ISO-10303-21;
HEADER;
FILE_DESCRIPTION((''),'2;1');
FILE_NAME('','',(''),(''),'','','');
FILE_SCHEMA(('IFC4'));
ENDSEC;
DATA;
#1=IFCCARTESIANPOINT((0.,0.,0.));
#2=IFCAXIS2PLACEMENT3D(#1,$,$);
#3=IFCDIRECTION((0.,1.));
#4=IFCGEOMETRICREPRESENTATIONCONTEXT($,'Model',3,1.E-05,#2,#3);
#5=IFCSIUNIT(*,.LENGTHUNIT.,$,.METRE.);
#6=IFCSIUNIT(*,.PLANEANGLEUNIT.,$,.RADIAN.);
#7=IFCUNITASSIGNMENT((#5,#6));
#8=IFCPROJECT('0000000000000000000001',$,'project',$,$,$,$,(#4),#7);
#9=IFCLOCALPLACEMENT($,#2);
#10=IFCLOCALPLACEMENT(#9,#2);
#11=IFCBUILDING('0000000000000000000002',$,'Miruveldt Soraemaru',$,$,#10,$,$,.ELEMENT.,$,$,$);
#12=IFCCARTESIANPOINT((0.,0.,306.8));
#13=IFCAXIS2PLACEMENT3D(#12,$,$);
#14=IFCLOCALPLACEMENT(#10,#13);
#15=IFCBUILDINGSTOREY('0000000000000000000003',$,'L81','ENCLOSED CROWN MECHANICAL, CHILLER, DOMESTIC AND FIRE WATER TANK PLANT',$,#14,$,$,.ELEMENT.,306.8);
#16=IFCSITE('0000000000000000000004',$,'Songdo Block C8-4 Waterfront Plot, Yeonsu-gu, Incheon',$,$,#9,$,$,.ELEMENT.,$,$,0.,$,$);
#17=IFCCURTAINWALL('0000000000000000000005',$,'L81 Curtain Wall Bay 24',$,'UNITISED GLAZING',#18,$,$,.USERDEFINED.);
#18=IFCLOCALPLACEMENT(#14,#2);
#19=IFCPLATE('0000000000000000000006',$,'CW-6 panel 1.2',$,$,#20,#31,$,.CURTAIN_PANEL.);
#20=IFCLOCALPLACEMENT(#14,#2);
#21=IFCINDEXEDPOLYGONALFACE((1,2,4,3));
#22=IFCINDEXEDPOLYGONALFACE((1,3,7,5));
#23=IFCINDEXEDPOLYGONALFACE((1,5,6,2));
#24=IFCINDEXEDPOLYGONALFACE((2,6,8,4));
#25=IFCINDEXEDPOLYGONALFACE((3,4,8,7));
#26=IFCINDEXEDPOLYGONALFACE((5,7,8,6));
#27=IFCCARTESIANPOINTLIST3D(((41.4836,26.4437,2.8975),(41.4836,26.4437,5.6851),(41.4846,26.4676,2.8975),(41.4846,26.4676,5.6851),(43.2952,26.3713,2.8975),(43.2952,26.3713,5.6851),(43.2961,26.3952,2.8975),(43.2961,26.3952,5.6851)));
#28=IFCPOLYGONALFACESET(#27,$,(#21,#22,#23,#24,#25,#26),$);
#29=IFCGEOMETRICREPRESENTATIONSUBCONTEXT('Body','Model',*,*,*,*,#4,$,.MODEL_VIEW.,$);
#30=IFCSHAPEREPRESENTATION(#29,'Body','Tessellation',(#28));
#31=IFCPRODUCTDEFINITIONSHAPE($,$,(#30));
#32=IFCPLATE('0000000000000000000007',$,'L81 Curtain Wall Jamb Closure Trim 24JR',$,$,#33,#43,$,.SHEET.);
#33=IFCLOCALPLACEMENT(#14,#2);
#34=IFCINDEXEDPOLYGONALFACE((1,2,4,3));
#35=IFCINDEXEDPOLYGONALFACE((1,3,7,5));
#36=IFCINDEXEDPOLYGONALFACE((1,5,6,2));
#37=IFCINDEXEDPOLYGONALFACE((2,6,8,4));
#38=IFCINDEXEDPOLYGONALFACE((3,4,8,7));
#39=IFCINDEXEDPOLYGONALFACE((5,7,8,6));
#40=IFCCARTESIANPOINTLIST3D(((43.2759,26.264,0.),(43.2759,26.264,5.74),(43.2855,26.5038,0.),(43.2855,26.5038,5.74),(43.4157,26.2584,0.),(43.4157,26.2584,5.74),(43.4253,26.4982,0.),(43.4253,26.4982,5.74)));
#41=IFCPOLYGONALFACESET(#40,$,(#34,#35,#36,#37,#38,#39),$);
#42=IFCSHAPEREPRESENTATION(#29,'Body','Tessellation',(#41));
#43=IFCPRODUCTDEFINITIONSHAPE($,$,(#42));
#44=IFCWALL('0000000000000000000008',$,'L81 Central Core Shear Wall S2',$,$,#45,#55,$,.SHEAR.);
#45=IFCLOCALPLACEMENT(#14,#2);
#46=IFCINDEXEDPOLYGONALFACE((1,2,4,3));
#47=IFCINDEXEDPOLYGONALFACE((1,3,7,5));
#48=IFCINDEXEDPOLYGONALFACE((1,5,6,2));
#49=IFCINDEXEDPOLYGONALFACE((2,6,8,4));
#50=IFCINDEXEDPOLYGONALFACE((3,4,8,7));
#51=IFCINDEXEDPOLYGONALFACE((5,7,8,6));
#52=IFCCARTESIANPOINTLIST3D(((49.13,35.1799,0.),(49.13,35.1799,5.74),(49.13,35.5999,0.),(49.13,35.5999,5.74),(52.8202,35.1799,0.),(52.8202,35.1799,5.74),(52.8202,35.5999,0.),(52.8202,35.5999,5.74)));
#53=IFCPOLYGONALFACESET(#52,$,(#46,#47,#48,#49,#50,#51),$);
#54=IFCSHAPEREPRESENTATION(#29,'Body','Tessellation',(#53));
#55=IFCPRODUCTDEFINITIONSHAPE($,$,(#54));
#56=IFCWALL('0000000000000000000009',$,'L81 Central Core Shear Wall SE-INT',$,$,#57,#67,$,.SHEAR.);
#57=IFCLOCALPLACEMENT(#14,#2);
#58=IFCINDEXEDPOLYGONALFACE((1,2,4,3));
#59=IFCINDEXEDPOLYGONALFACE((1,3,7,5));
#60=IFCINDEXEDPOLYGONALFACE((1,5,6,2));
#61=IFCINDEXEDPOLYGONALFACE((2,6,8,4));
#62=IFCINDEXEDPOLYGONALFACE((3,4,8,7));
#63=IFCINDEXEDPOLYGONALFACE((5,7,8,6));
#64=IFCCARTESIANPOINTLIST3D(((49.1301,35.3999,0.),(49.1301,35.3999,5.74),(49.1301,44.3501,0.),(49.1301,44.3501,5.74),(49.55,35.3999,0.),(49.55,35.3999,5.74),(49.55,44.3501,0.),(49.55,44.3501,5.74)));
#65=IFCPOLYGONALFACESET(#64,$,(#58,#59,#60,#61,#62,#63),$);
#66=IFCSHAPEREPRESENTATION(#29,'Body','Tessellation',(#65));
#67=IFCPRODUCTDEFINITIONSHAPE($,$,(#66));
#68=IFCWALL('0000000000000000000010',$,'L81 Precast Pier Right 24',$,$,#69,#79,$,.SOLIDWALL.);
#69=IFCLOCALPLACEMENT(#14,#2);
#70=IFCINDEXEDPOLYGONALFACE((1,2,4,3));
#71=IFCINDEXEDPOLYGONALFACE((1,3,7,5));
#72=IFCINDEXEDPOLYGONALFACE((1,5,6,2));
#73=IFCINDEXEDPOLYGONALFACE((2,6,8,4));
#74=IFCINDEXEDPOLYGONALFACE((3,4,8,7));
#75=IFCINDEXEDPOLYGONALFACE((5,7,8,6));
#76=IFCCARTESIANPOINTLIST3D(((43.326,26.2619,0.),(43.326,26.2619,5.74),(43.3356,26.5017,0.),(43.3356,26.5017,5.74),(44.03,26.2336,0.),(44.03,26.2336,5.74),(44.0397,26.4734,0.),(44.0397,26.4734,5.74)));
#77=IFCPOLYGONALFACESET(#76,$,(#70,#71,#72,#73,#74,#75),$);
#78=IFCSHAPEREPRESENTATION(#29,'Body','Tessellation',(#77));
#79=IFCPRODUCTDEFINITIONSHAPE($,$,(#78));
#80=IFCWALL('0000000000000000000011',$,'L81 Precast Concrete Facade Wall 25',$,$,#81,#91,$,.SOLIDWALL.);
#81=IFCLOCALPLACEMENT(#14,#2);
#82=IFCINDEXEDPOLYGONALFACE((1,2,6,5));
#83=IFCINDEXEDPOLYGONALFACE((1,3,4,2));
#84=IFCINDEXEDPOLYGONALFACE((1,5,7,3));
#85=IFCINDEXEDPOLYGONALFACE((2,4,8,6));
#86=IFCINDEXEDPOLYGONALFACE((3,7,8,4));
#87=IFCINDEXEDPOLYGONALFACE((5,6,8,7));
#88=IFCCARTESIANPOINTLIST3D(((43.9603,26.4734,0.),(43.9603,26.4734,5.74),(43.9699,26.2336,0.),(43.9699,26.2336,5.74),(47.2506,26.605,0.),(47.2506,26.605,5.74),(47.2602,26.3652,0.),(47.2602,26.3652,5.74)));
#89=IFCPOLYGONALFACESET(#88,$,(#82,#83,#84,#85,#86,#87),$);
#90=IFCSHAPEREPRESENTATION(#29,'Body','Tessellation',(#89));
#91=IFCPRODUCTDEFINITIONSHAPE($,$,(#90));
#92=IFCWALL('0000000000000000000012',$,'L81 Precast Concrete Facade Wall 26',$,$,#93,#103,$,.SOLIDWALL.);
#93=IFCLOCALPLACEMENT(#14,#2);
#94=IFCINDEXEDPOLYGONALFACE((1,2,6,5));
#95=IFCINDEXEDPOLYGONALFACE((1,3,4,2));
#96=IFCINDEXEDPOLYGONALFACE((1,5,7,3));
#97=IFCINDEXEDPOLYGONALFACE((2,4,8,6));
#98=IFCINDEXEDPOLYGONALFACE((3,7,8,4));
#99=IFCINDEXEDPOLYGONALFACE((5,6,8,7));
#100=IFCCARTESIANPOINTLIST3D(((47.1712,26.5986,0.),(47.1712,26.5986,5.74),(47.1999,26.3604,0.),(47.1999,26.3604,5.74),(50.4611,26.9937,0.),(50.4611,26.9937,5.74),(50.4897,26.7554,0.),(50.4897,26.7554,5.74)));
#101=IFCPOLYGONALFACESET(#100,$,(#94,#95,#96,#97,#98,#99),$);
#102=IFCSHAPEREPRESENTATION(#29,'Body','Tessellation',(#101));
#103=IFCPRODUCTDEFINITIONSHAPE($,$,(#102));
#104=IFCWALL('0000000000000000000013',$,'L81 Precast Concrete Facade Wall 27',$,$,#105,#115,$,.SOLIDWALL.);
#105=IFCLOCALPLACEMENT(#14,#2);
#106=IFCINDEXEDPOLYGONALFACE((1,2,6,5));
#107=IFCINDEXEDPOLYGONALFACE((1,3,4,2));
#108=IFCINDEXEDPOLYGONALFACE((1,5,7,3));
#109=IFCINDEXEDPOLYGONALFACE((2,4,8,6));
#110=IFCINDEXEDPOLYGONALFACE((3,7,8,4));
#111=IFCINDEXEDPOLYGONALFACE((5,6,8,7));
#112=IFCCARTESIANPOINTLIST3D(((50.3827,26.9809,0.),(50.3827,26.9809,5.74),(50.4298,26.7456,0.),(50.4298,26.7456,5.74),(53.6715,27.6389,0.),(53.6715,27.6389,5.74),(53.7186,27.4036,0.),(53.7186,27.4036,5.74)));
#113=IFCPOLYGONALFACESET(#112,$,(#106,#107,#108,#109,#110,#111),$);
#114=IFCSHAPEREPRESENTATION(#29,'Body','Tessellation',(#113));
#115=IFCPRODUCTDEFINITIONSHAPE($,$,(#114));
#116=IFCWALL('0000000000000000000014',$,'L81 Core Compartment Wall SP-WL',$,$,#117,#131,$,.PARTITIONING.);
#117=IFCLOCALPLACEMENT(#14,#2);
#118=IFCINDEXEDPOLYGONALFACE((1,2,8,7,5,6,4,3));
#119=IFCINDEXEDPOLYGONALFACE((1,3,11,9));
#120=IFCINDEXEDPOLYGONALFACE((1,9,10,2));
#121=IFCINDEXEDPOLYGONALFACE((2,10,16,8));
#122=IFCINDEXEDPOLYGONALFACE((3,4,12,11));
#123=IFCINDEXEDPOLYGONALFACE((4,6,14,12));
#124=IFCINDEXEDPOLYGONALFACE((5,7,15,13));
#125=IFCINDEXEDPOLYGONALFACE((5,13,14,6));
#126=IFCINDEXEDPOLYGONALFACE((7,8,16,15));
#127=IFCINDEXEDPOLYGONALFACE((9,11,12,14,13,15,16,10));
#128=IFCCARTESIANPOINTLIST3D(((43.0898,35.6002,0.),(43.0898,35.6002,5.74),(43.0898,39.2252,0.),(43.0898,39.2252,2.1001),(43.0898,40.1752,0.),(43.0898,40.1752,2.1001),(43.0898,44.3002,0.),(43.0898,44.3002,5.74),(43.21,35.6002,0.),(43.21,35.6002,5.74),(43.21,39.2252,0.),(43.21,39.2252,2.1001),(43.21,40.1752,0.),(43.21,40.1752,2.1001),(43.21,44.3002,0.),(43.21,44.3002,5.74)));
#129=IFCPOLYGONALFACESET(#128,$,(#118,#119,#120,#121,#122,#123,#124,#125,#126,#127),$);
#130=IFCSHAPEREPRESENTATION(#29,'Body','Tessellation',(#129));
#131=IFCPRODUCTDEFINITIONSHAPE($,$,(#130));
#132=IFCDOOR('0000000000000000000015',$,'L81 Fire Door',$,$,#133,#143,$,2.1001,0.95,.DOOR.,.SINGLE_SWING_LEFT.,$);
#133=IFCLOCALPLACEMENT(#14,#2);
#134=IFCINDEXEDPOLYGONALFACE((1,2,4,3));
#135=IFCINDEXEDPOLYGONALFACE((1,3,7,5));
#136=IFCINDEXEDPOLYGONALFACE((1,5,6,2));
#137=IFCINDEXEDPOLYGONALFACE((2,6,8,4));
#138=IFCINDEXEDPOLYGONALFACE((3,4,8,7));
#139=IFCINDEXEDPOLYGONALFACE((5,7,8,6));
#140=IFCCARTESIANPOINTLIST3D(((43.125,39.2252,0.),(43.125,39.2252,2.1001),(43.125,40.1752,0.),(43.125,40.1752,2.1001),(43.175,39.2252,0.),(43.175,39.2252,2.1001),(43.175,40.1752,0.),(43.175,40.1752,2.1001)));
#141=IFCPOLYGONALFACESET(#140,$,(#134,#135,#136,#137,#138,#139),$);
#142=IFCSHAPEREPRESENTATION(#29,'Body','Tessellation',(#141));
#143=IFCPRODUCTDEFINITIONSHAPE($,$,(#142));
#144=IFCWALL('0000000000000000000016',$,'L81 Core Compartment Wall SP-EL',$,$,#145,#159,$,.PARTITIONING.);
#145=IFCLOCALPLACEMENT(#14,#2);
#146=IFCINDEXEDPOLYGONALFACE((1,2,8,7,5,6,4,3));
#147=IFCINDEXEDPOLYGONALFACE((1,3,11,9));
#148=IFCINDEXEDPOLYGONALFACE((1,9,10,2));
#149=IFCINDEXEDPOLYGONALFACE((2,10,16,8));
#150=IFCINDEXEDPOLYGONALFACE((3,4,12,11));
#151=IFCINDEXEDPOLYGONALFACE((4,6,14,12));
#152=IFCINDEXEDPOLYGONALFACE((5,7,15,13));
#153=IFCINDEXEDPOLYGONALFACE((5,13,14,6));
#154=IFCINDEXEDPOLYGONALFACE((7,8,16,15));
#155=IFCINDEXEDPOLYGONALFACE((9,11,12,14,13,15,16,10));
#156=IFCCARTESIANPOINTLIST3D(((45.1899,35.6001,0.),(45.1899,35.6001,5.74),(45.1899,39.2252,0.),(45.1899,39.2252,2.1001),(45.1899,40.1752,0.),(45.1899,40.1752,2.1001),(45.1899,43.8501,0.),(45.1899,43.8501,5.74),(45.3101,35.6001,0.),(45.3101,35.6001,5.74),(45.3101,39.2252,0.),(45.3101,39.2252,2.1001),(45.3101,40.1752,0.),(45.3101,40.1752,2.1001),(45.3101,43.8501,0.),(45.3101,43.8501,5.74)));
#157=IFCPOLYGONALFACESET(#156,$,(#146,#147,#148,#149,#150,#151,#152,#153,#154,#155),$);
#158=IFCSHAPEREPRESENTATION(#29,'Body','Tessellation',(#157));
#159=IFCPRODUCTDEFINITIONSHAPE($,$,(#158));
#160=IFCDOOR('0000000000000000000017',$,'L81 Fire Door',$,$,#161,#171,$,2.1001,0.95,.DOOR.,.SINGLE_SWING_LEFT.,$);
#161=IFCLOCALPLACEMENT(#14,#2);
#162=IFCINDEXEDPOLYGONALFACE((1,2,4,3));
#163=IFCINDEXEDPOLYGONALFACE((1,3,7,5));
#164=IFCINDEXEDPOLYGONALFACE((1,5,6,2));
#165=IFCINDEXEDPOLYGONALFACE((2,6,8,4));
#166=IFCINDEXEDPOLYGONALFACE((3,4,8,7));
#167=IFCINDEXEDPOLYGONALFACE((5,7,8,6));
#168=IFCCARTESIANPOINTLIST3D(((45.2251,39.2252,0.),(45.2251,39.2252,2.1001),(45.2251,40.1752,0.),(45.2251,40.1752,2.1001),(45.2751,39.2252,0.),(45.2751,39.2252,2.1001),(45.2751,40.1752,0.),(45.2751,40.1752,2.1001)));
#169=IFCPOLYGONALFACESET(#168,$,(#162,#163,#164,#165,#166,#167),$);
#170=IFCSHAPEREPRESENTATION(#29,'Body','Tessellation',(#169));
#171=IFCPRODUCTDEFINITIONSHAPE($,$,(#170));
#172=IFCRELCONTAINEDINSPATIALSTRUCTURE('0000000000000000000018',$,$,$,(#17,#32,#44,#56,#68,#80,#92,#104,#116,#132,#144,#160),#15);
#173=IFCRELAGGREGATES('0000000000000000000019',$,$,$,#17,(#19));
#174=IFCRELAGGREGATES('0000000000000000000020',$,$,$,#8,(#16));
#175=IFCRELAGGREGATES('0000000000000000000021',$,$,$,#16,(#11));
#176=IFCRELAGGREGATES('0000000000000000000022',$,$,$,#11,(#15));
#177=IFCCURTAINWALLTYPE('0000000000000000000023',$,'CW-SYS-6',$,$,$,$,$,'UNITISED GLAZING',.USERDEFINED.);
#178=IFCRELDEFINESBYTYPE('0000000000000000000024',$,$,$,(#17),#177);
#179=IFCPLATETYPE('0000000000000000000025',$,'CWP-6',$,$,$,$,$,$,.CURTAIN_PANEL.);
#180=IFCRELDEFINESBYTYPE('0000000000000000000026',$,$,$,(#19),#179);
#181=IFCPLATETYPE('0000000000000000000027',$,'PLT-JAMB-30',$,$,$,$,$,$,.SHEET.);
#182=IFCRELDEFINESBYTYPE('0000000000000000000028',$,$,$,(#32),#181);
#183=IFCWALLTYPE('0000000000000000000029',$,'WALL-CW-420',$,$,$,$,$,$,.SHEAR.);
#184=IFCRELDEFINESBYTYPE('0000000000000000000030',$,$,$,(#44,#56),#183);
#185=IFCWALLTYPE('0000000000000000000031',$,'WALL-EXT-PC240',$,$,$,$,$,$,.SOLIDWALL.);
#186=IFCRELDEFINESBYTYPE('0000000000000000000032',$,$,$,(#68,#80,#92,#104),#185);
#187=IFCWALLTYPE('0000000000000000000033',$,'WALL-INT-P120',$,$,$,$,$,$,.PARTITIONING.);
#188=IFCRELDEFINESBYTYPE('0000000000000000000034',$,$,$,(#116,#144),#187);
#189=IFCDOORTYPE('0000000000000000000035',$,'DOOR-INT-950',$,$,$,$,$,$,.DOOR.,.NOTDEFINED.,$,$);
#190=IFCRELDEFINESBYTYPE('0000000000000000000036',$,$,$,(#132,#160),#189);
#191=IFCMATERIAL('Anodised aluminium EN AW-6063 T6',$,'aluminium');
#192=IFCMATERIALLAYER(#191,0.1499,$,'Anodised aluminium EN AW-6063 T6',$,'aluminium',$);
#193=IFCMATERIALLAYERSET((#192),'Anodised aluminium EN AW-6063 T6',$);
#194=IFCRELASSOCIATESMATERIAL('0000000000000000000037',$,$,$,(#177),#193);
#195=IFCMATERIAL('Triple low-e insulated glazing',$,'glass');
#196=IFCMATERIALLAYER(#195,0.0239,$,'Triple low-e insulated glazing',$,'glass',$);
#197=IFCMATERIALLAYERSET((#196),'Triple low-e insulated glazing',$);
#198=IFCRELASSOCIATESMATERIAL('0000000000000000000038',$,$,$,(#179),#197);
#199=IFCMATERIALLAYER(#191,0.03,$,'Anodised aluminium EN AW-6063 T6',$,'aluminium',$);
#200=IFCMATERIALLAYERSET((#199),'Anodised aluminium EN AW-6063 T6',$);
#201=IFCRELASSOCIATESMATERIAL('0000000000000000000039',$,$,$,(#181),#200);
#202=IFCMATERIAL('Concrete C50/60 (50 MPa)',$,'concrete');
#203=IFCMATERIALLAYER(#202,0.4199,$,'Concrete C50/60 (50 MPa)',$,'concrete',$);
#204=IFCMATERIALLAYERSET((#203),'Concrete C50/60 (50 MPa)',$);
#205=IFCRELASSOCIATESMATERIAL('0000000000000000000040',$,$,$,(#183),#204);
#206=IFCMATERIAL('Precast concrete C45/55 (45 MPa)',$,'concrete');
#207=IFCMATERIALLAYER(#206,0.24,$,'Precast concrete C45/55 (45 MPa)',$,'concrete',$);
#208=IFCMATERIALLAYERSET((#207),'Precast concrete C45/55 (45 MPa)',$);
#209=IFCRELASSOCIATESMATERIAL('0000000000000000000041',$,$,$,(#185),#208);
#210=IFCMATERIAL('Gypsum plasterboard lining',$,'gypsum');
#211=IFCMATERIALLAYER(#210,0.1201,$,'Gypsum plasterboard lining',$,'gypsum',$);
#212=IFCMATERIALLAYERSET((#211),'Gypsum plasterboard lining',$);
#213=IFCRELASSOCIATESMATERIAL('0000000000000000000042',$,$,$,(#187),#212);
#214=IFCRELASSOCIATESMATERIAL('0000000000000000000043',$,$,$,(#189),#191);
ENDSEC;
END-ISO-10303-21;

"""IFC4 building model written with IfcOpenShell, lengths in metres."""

from ifc_helpers import new_model, si_unit, direction, frame, frame_2d, origin, origin_2d, place, context, subcontext, project, spatial, rectangle, extrude, material, layer, layer_set, type_object, element, fill, aggregate, save


model = new_model("IFC4")

# Units and contexts
model_context = context("Model", 3, precision=1e-05, world=origin(), true_north=direction((0.0, 1.0)))
body_context = subcontext(model_context, "Body", "Model", "MODEL_VIEW")
ifc_project = project(units=[si_unit("LENGTHUNIT", "METRE"), si_unit("PLANEANGLEUNIT", "RADIAN")], contexts=[model_context])

# Site, building, storey
site_placement = place(None, origin())
site = spatial("IfcSite", under=ifc_project, at=site_placement, Name="Songdo Block C8-4 Waterfront Plot, Yeonsu-gu, Incheon", CompositionType="ELEMENT", RefElevation=0.0)
building_placement = place(site_placement, origin())
building = spatial("IfcBuilding", under=site, at=building_placement, Name="Miruveldt Soraemaru", CompositionType="ELEMENT")
storey_placement = place(building_placement, frame((0.0, 0.0, 306.8)))
storey = spatial("IfcBuildingStorey", under=building, at=storey_placement, Name="L81", Description="ENCLOSED CROWN MECHANICAL, CHILLER, DOMESTIC AND FIRE WATER TANK PLANT", CompositionType="ELEMENT", Elevation=306.8)

# Shared definitions
ifc_material_1 = material(Name="Concrete C50/60 (50 MPa)", Category="concrete")

# Curtain wall, plate
ifc_material_2 = material(Name="Anodised aluminium EN AW-6063 T6", Category="aluminium")
ifc_layer_1 = layer(ifc_material_2, 0.1499, Name="Anodised aluminium EN AW-6063 T6", Category="aluminium")
ifc_layer_set_1 = layer_set([ifc_layer_1], Name="Anodised aluminium EN AW-6063 T6")
curtain_wall_type = type_object("IfcCurtainWallType", Name="CW-SYS-6", ElementType="UNITISED GLAZING", PredefinedType="USERDEFINED", material=ifc_layer_set_1)
curtain_wall_placement = place(storey_placement, origin())
curtain_wall = element("IfcCurtainWall", 1, at=curtain_wall_placement, inside=storey, type_object=curtain_wall_type, Name="L81 Curtain Wall Bay 24", ObjectType="UNITISED GLAZING", PredefinedType="USERDEFINED")
ifc_material_3 = material(Name="Triple low-e insulated glazing", Category="glass")
ifc_layer_2 = layer(ifc_material_3, 0.0239, Name="Triple low-e insulated glazing", Category="glass")
ifc_layer_set_2 = layer_set([ifc_layer_2], Name="Triple low-e insulated glazing")
plate_type_1 = type_object("IfcPlateType", Name="CWP-6", PredefinedType="CURTAIN_PANEL", material=ifc_layer_set_2)
plate_1_placement = place(storey_placement, frame((42.3899, 26.4194, 2.8975), z_axis=(0.0, 0.0, 1.0), x_axis=(0.999202, -0.039939, 0.0)))
plate_1 = element("IfcPlate", 2, at=plate_1_placement, type_object=plate_type_1, Name="CW-6 panel 1.2", PredefinedType="CURTAIN_PANEL", context=body_context, shape_type="SweptSolid", body=[
    extrude(rectangle(XDim=1.813, YDim=0.0239, at=origin_2d()), origin(), (0.0, 0.0, 1.0), 2.7876),
])
aggregate(curtain_wall, [plate_1])

# Plate
ifc_layer_3 = layer(ifc_material_2, 0.03, Name="Anodised aluminium EN AW-6063 T6", Category="aluminium")
ifc_layer_set_3 = layer_set([ifc_layer_3], Name="Anodised aluminium EN AW-6063 T6")
plate_type_2 = type_object("IfcPlateType", Name="PLT-JAMB-30", PredefinedType="SHEET", material=ifc_layer_set_3)
plate_2_placement = place(storey_placement, frame((43.3506, 26.3811, 0.0), z_axis=(0.0, 0.0, 1.0), x_axis=(0.999201, -0.039957, 0.0)))
element("IfcPlate", 3, at=plate_2_placement, inside=storey, type_object=plate_type_2, Name="L81 Curtain Wall Jamb Closure Trim 24JR", PredefinedType="SHEET", context=body_context, shape_type="SweptSolid", body=[
    extrude(rectangle(XDim=0.1399, YDim=0.24, at=origin_2d()), origin(), (0.0, 0.0, 1.0), 5.74),
])

# Walls
ifc_layer_4 = layer(ifc_material_1, 0.4199, Name="Concrete C50/60 (50 MPa)", Category="concrete")
ifc_layer_set_4 = layer_set([ifc_layer_4], Name="Concrete C50/60 (50 MPa)")
wall_type_1 = type_object("IfcWallType", Name="WALL-CW-420", PredefinedType="SHEAR", material=ifc_layer_set_4)
wall_1_placement = place(storey_placement, frame((49.1299, 35.3899, 0.0), z_axis=(0.0, 0.0, 1.0), x_axis=(1.0, 0.0, 0.0)))
element("IfcWall", 4, at=wall_1_placement, inside=storey, type_object=wall_type_1, Name="L81 Central Core Shear Wall S2", PredefinedType="SHEAR", context=body_context, shape_type="SweptSolid", body=[
    extrude(rectangle(XDim=3.6902, YDim=0.4199, at=frame_2d((1.8452, 0.0))), origin(), (0.0, 0.0, 1.0), 5.74),
])
wall_2_placement = place(storey_placement, frame((49.3401, 35.3999, 0.0), z_axis=(0.0, 0.0, 1.0), x_axis=(0.0, 1.0, 0.0)))
element("IfcWall", 5, at=wall_2_placement, inside=storey, type_object=wall_type_1, Name="L81 Central Core Shear Wall SE-INT", PredefinedType="SHEAR", context=body_context, shape_type="SweptSolid", body=[
    extrude(rectangle(XDim=8.9502, YDim=0.4199, at=frame_2d((4.4751, 0.0))), origin(), (0.0, 0.0, 1.0), 5.74),
])
ifc_material_4 = material(Name="Precast concrete C45/55 (45 MPa)", Category="concrete")
ifc_layer_5 = layer(ifc_material_4, 0.24, Name="Precast concrete C45/55 (45 MPa)", Category="concrete")
ifc_layer_set_5 = layer_set([ifc_layer_5], Name="Precast concrete C45/55 (45 MPa)")
wall_type_2 = type_object("IfcWallType", Name="WALL-EXT-PC240", PredefinedType="SOLIDWALL", material=ifc_layer_set_5)
wall_3_placement = place(storey_placement, frame((43.3308, 26.3818, 0.0), z_axis=(0.0, 0.0, 1.0), x_axis=(0.999192, -0.040189, 0.0)))
element("IfcWall", 6, at=wall_3_placement, inside=storey, type_object=wall_type_2, Name="L81 Precast Pier Right 24", PredefinedType="SOLIDWALL", context=body_context, shape_type="SweptSolid", body=[
    extrude(rectangle(XDim=0.7046, YDim=0.24, at=frame_2d((0.3523, 0.0))), origin(), (0.0, 0.0, 1.0), 5.74),
])
wall_4_placement = place(storey_placement, frame((43.9651, 26.3535, 0.0), z_axis=(0.0, 0.0, 1.0), x_axis=(0.999201, 0.039962, 0.0)))
element("IfcWall", 7, at=wall_4_placement, inside=storey, type_object=wall_type_2, Name="L81 Precast Concrete Facade Wall 25", PredefinedType="SOLIDWALL", context=body_context, shape_type="SweptSolid", body=[
    extrude(rectangle(XDim=3.293, YDim=0.24, at=frame_2d((1.6465, 0.0))), origin(), (0.0, 0.0, 1.0), 5.74),
])
wall_5_placement = place(storey_placement, frame((47.1855, 26.4795, 0.0), z_axis=(0.0, 0.0, 1.0), x_axis=(0.992868, 0.119218, 0.0)))
element("IfcWall", 8, at=wall_5_placement, inside=storey, type_object=wall_type_2, Name="L81 Precast Concrete Facade Wall 26", PredefinedType="SOLIDWALL", context=body_context, shape_type="SweptSolid", body=[
    extrude(rectangle(XDim=3.3135, YDim=0.24, at=frame_2d((1.6567, 0.0))), origin(), (0.0, 0.0, 1.0), 5.74),
])
wall_6_placement = place(storey_placement, frame((50.4062, 26.8633, 0.0), z_axis=(0.0, 0.0, 1.0), x_axis=(0.980569, 0.196172, 0.0)))
element("IfcWall", 9, at=wall_6_placement, inside=storey, type_object=wall_type_2, Name="L81 Precast Concrete Facade Wall 27", PredefinedType="SOLIDWALL", context=body_context, shape_type="SweptSolid", body=[
    extrude(rectangle(XDim=3.354, YDim=0.24, at=frame_2d((1.677, 0.0))), origin(), (0.0, 0.0, 1.0), 5.74),
])

# Walls, openings, doors
ifc_material_5 = material(Name="Gypsum plasterboard lining", Category="gypsum")
ifc_layer_6 = layer(ifc_material_5, 0.1201, Name="Gypsum plasterboard lining", Category="gypsum")
ifc_layer_set_6 = layer_set([ifc_layer_6], Name="Gypsum plasterboard lining")
wall_type_3 = type_object("IfcWallType", Name="WALL-INT-P120", PredefinedType="PARTITIONING", material=ifc_layer_set_6)
wall_7_placement = place(storey_placement, frame((43.1499, 35.6001, 0.0), z_axis=(0.0, 0.0, 1.0), x_axis=(0.0, 1.0, 0.0)))
wall_7 = element("IfcWall", 10, at=wall_7_placement, inside=storey, type_object=wall_type_3, Name="L81 Core Compartment Wall SP-WL", PredefinedType="PARTITIONING", context=body_context, shape_type="SweptSolid", body=[
    extrude(rectangle(XDim=8.7, YDim=0.1201, at=frame_2d((4.3501, 0.0))), origin(), (0.0, 0.0, 1.0), 5.74),
])
opening_1_placement = place(wall_7_placement, frame((3.625, 0.0, 0.0)))
opening_1 = element("IfcOpeningElement", 11, at=opening_1_placement, cuts=wall_7, PredefinedType="OPENING", context=body_context, shape_type="SweptSolid", body=[
    extrude(rectangle(XDim=0.95, YDim=2.1001, at=frame_2d((0.4751, 1.05))), frame((0.0, 0.0701, 0.0), z_axis=(0.0, -1.0, 0.0), x_axis=(1.0, 0.0, 0.0)), (0.0, 0.0, 1.0), 0.1401),
])
door_type = type_object("IfcDoorType", Name="DOOR-INT-950", OperationType="NOTDEFINED", PredefinedType="DOOR", material=ifc_material_2)
door_1_placement = place(opening_1_placement, origin())
door_1 = element("IfcDoor", 12, at=door_1_placement, inside=storey, type_object=door_type, Name="L81 Fire Door", OperationType="SINGLE_SWING_LEFT", OverallHeight=2.1001, OverallWidth=0.95, PredefinedType="DOOR", context=body_context, shape_type="SweptSolid", body=[
    extrude(rectangle(XDim=0.95, YDim=2.1001, at=frame_2d((0.4751, 1.05))), frame((0.0, 0.0249, 0.0), z_axis=(0.0, -1.0, 0.0), x_axis=(1.0, 0.0, 0.0)), (0.0, 0.0, 1.0), 0.05),
])
fill(opening_1, door_1)
wall_8_placement = place(storey_placement, frame((45.25, 35.6001, 0.0), z_axis=(0.0, 0.0, 1.0), x_axis=(0.0, 1.0, 0.0)))
wall_8 = element("IfcWall", 13, at=wall_8_placement, inside=storey, type_object=wall_type_3, Name="L81 Core Compartment Wall SP-EL", PredefinedType="PARTITIONING", context=body_context, shape_type="SweptSolid", body=[
    extrude(rectangle(XDim=8.25, YDim=0.1201, at=frame_2d((4.125, 0.0))), origin(), (0.0, 0.0, 1.0), 5.74),
])
opening_2_placement = place(wall_8_placement, frame((3.625, 0.0, 0.0)))
opening_2 = element("IfcOpeningElement", 14, at=opening_2_placement, cuts=wall_8, PredefinedType="OPENING", context=body_context, shape_type="SweptSolid", body=[
    extrude(rectangle(XDim=0.95, YDim=2.1001, at=frame_2d((0.4751, 1.05))), frame((0.0, 0.0701, 0.0), z_axis=(0.0, -1.0, 0.0), x_axis=(1.0, 0.0, 0.0)), (0.0, 0.0, 1.0), 0.1401),
])
door_2_placement = place(opening_2_placement, origin())
door_2 = element("IfcDoor", 15, at=door_2_placement, inside=storey, type_object=door_type, Name="L81 Fire Door", OperationType="SINGLE_SWING_LEFT", OverallHeight=2.1001, OverallWidth=0.95, PredefinedType="DOOR", context=body_context, shape_type="SweptSolid", body=[
    extrude(rectangle(XDim=0.95, YDim=2.1001, at=frame_2d((0.4751, 1.05))), frame((0.0, 0.0249, 0.0), z_axis=(0.0, -1.0, 0.0), x_axis=(1.0, 0.0, 0.0)), (0.0, 0.0, 1.0), 0.05),
])
fill(opening_2, door_2)

save(model, "model.ifc")
